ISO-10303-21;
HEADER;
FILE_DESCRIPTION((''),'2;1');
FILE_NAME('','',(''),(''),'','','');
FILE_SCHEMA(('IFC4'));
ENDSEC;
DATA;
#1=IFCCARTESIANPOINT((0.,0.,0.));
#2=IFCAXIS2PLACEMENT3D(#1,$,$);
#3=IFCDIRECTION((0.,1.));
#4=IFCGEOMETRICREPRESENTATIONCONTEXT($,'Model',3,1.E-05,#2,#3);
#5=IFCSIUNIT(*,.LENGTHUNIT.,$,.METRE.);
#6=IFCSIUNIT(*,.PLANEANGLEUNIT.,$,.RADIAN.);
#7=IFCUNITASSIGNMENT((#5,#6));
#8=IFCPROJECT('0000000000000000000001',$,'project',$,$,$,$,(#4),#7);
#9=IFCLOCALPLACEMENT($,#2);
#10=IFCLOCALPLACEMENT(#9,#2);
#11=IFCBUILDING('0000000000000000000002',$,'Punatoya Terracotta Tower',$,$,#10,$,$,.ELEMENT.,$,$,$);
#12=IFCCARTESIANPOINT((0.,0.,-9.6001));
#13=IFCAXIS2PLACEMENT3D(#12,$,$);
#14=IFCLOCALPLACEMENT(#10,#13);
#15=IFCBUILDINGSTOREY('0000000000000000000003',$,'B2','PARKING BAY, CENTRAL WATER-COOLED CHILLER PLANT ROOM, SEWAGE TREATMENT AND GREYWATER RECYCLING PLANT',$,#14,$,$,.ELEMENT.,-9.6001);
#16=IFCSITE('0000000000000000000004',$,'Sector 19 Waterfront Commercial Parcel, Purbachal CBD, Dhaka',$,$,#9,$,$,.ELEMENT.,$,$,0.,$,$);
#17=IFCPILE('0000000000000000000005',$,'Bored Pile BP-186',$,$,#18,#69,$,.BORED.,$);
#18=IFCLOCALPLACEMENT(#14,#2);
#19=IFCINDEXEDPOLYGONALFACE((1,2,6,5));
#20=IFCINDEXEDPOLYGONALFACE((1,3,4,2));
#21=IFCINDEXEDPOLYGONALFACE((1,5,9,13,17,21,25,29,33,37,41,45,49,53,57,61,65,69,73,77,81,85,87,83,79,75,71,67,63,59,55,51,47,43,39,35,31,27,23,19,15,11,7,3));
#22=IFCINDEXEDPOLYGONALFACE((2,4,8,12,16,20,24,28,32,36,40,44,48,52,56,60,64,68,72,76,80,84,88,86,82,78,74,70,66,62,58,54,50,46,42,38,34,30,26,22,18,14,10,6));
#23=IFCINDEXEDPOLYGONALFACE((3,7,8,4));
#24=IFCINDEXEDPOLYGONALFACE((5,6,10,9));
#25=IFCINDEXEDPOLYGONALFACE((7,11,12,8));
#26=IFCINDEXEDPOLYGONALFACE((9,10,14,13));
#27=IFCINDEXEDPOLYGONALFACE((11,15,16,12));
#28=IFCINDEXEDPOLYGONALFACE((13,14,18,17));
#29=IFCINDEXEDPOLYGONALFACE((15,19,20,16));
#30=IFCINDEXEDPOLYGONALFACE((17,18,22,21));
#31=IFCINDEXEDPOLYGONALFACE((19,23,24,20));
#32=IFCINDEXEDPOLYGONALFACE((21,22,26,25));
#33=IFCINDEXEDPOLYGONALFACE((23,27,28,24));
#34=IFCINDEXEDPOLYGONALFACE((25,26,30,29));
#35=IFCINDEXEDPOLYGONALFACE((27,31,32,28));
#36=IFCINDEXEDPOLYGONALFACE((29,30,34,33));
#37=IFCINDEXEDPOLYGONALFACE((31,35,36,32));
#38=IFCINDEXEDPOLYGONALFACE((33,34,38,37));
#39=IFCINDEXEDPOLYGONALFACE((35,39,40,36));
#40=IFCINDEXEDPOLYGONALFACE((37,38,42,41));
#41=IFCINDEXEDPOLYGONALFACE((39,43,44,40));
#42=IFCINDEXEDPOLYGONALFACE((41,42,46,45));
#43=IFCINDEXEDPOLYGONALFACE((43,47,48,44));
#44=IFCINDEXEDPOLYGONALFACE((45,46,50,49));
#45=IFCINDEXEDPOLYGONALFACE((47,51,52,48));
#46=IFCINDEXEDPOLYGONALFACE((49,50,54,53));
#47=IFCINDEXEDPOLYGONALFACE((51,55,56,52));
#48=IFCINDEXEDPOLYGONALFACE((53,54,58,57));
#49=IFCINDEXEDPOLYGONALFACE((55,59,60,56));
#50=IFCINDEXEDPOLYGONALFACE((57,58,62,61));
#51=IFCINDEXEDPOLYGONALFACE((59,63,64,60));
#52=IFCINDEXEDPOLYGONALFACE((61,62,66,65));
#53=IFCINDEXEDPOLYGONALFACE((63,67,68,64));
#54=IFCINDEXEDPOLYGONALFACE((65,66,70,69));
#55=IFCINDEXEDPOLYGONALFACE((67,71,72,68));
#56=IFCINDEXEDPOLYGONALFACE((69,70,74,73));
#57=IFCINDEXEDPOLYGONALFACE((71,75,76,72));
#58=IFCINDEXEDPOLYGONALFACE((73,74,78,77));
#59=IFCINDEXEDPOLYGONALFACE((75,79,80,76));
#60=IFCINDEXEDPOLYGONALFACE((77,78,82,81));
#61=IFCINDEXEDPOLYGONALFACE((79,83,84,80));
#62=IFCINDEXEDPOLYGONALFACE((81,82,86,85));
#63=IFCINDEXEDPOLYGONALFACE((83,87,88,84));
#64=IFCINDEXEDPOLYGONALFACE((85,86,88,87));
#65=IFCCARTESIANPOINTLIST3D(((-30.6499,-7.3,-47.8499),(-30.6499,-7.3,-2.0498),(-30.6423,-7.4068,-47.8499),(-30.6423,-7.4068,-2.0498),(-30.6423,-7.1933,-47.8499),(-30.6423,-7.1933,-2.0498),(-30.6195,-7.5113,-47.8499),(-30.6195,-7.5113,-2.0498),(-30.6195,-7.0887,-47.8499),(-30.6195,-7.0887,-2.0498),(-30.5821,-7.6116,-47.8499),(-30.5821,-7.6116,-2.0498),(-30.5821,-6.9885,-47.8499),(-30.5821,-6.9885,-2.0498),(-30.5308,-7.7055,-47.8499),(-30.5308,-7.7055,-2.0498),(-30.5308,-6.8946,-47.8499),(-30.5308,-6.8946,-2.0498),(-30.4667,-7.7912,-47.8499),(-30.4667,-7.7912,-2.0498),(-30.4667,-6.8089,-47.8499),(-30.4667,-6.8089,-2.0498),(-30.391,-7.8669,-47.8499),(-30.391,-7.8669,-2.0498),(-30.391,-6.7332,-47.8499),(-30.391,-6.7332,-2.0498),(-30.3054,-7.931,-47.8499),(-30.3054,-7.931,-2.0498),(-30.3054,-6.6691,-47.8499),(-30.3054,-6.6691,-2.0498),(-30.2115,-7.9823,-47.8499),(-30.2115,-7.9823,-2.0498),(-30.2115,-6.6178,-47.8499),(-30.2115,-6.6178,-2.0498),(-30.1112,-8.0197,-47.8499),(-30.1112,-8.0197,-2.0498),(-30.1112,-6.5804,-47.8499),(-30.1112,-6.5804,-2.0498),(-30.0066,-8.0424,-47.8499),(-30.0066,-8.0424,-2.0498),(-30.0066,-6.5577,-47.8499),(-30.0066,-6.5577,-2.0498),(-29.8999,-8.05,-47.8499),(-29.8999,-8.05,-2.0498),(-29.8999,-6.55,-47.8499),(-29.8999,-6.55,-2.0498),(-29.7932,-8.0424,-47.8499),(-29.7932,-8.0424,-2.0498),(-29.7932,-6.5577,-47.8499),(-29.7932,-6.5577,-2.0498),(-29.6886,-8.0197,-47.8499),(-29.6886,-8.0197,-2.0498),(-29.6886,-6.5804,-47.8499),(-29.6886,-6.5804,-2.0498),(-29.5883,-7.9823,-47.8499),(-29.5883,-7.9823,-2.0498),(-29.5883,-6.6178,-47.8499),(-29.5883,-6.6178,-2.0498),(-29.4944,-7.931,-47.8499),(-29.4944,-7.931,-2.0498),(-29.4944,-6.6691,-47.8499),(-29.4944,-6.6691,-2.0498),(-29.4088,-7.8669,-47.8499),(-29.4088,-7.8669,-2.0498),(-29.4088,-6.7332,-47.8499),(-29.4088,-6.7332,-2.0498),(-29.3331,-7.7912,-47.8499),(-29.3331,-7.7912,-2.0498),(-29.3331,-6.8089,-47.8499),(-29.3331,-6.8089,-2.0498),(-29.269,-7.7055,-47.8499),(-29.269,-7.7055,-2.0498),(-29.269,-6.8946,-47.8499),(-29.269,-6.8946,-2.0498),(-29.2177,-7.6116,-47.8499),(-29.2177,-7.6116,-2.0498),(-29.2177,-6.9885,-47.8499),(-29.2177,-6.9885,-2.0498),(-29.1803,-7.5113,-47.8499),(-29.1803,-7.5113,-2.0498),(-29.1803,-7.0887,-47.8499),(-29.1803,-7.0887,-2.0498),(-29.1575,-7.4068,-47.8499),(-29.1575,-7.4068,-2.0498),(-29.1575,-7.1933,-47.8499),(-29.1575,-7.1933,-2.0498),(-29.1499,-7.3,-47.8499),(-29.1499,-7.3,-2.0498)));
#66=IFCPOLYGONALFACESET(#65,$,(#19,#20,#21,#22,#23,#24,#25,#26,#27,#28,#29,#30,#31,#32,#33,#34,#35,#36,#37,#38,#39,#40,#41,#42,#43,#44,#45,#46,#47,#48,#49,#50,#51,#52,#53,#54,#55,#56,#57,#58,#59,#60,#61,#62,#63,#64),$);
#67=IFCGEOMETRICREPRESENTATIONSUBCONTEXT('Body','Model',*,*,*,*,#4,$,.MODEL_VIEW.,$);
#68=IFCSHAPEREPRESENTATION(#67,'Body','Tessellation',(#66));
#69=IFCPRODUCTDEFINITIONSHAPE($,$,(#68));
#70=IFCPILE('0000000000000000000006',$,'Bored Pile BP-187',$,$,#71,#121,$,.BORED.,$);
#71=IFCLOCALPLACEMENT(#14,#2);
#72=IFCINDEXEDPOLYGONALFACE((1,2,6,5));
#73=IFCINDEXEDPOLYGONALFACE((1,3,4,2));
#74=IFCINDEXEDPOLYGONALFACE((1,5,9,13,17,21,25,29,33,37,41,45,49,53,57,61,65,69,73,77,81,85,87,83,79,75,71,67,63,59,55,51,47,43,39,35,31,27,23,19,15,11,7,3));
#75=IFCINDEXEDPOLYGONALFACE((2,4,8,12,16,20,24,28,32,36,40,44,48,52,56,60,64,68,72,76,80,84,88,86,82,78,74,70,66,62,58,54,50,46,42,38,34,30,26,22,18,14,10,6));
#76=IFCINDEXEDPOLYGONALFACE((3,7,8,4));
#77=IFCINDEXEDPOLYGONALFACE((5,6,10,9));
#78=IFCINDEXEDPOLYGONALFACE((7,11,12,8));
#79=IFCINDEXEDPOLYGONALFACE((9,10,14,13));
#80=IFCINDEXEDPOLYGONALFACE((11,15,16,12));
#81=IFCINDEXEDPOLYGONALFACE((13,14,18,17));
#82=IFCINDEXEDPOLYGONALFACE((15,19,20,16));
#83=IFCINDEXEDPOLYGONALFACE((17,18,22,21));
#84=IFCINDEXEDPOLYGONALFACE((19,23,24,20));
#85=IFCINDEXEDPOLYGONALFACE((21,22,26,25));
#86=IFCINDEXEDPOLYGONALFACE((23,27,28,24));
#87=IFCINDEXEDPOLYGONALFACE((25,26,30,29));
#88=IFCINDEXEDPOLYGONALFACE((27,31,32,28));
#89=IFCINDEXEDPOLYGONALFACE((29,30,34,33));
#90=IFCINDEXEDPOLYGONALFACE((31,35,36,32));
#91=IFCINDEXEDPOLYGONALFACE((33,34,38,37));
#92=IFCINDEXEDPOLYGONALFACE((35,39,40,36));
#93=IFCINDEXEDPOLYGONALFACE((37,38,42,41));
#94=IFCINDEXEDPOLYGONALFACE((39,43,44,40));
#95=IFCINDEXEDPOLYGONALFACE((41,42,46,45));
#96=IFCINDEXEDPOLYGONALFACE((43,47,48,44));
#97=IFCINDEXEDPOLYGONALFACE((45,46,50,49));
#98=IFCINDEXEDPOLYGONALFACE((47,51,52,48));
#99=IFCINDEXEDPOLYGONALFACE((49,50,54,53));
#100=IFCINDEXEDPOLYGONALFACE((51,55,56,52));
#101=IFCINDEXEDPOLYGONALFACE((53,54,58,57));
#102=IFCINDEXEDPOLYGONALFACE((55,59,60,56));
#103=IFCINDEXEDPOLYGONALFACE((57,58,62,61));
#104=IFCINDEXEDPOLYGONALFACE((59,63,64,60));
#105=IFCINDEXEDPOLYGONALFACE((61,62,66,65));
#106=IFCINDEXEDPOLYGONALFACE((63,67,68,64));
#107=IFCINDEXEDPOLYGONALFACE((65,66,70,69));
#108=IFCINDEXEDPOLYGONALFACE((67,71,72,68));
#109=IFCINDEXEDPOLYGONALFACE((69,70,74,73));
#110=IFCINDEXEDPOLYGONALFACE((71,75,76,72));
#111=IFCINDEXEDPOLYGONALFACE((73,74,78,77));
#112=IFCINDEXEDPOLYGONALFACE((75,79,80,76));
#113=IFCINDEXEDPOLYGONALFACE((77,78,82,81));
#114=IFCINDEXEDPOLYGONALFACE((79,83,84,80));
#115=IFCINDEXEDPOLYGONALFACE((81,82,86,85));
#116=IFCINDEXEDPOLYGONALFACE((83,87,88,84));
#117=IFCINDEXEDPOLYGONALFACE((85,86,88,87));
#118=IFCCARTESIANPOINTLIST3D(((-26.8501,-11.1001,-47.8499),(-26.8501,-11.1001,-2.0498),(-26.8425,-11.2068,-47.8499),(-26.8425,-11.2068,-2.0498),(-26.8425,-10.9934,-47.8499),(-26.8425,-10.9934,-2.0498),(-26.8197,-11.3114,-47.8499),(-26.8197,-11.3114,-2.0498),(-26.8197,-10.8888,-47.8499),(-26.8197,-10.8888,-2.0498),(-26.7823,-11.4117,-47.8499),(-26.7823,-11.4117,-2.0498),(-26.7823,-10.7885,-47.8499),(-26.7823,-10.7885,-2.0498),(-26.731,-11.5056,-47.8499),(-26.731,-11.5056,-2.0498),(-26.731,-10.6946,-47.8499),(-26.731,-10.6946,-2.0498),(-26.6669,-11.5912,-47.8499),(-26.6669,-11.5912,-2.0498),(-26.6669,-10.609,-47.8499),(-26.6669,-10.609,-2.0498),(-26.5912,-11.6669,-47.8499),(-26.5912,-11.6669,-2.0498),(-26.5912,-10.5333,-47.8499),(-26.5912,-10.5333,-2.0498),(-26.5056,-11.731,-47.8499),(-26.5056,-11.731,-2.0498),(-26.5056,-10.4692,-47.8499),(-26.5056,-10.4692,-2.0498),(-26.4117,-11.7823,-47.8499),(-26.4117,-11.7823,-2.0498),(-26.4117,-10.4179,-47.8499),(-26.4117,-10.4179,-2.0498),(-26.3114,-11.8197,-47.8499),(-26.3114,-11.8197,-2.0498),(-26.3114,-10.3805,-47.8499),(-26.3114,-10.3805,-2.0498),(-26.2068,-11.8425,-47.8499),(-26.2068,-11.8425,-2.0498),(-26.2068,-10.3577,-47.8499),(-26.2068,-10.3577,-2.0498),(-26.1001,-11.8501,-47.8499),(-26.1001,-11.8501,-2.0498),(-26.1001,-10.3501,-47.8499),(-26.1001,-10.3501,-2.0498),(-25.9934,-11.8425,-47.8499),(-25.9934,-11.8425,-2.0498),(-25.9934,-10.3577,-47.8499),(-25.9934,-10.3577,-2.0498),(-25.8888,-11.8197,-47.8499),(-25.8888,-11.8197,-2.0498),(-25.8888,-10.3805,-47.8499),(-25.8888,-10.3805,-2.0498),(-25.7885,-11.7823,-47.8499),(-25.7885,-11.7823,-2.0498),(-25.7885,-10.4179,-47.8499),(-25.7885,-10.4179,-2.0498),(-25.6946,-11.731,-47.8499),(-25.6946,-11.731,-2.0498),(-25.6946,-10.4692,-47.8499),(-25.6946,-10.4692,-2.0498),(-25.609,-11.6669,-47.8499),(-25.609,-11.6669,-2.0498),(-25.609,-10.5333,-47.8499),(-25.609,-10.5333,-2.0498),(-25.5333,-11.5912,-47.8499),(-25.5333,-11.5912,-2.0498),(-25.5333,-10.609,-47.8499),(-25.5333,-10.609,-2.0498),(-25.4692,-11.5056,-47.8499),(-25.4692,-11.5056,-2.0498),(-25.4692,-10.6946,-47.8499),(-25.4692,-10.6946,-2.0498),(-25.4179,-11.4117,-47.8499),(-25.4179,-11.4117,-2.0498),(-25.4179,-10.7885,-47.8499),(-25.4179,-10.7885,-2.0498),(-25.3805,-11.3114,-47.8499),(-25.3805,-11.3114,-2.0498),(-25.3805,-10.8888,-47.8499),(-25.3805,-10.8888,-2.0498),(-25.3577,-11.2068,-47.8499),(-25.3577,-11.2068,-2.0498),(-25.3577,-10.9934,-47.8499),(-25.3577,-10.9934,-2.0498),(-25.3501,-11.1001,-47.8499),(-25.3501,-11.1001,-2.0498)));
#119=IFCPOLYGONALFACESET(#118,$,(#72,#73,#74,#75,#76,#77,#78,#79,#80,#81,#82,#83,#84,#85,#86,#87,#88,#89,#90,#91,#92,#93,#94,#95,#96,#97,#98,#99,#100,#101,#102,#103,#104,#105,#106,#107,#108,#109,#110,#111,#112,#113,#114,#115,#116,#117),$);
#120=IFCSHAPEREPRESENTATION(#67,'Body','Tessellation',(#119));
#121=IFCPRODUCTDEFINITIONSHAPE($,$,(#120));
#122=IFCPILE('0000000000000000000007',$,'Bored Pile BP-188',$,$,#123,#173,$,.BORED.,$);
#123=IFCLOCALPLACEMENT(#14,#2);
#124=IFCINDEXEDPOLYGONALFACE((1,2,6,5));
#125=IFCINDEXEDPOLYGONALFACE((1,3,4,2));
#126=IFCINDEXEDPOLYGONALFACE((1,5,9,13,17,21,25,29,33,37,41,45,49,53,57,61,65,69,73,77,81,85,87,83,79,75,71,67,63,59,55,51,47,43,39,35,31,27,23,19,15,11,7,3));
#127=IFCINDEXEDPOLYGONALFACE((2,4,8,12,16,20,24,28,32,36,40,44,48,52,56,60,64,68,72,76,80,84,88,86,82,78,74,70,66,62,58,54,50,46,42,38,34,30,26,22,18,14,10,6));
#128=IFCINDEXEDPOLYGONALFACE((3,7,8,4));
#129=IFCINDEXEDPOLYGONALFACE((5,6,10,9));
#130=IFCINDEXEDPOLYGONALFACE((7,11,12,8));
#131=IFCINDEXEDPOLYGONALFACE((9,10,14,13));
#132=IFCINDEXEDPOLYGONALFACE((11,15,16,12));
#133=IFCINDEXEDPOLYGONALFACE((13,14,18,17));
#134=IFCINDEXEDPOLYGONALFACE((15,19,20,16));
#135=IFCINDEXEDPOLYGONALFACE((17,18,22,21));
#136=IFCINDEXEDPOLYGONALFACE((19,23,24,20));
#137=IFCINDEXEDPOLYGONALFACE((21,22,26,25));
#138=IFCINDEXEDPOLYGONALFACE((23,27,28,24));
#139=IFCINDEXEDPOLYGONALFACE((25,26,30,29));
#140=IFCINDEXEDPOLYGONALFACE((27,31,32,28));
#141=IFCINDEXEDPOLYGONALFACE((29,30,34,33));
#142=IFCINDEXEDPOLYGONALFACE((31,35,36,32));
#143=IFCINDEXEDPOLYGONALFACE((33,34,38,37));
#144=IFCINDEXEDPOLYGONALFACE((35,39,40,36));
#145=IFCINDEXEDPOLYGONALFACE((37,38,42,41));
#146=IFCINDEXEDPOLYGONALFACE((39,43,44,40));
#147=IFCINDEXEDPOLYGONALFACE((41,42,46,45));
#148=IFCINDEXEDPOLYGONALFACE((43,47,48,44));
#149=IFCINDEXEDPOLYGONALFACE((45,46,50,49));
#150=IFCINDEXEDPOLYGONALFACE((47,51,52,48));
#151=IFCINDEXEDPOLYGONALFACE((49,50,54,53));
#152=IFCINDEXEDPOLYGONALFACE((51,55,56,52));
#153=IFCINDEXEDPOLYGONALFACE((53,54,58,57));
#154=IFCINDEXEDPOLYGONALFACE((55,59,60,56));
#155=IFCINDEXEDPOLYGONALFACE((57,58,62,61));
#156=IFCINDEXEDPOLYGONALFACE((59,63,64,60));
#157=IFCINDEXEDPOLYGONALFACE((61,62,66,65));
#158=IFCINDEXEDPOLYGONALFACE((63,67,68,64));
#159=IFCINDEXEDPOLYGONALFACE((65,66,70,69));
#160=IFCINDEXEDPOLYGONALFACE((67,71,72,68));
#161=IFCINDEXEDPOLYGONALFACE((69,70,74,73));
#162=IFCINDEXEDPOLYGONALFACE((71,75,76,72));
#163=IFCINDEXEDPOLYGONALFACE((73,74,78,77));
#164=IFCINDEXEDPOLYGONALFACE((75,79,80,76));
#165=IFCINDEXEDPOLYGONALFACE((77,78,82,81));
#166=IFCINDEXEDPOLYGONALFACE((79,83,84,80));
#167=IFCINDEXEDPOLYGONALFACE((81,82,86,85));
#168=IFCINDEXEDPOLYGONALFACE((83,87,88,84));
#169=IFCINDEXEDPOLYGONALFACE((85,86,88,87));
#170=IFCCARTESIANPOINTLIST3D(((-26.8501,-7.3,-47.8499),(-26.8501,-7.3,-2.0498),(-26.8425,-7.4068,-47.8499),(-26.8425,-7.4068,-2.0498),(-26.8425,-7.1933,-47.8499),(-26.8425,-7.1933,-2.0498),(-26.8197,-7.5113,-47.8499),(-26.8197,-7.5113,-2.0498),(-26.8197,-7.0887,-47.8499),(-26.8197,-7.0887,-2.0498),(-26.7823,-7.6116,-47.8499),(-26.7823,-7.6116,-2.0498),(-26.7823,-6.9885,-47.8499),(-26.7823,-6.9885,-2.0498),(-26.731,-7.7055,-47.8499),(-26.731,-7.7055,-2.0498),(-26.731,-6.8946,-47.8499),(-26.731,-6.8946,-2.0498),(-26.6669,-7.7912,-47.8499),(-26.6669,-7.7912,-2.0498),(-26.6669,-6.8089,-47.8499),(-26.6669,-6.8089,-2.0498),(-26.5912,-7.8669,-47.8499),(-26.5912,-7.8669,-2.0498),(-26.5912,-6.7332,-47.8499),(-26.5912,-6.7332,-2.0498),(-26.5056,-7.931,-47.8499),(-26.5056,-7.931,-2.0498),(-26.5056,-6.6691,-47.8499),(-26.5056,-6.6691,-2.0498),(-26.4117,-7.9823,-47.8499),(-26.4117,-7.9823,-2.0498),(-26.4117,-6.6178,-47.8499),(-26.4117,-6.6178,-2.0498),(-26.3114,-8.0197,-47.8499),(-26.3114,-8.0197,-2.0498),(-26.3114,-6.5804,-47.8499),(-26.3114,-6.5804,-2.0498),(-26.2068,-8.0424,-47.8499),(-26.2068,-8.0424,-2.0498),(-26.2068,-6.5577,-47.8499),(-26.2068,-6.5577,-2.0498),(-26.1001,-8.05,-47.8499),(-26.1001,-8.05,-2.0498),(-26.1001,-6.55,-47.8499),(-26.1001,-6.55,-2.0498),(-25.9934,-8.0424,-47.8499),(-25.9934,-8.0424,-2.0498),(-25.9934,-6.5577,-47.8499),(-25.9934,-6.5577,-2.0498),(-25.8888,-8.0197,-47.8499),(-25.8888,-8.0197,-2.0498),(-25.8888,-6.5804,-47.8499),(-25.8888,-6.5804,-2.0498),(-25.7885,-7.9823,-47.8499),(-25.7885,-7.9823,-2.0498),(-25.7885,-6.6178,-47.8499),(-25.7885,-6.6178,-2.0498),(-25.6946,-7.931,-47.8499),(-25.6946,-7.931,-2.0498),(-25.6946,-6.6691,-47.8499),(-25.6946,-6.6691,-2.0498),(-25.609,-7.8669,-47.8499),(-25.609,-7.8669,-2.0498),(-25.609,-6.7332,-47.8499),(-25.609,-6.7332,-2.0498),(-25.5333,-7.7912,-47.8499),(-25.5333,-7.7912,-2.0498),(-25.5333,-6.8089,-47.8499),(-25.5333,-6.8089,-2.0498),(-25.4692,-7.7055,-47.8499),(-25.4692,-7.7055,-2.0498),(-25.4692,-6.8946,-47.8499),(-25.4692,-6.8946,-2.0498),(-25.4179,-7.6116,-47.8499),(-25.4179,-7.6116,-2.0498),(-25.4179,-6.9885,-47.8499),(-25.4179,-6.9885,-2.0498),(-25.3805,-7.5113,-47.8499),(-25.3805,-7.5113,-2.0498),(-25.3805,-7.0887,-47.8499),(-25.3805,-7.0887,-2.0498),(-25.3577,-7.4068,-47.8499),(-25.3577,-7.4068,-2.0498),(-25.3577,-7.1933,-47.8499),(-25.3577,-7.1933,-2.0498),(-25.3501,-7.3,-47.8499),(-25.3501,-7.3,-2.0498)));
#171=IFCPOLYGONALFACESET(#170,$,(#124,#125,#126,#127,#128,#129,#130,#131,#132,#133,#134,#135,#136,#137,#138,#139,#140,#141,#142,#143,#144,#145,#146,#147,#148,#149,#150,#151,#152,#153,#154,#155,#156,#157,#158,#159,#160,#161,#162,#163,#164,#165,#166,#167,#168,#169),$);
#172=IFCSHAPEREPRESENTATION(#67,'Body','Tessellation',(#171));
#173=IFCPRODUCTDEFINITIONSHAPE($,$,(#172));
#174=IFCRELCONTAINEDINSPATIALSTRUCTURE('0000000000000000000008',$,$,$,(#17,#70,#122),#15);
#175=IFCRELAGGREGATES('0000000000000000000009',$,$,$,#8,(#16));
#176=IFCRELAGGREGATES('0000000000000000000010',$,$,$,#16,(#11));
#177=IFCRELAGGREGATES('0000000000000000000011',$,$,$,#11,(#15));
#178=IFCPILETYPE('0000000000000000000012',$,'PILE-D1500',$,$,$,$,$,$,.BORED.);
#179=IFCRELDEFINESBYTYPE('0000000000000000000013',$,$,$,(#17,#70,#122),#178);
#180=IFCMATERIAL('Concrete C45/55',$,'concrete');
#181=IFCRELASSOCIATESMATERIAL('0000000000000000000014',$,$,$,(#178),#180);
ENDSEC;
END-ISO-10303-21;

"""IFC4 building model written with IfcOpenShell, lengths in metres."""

from ifc_helpers import new_model, si_unit, direction, frame, origin, origin_2d, place, context, subcontext, project, spatial, circle, extrude, material, material_profile, profile_set, type_object, element, save


model = new_model("IFC4")

# Units and contexts
model_context = context("Model", 3, precision=1e-05, world=origin(), true_north=direction((0.0, 1.0)))
body_context = subcontext(model_context, "Body", "Model", "MODEL_VIEW")
ifc_project = project(units=[si_unit("LENGTHUNIT", "METRE"), si_unit("PLANEANGLEUNIT", "RADIAN")], contexts=[model_context])

# Site, building, storey
site_placement = place(None, origin())
site = spatial("IfcSite", under=ifc_project, at=site_placement, Name="Sector 19 Waterfront Commercial Parcel, Purbachal CBD, Dhaka", CompositionType="ELEMENT", RefElevation=0.0)
building_placement = place(site_placement, origin())
building = spatial("IfcBuilding", under=site, at=building_placement, Name="Punatoya Terracotta Tower", CompositionType="ELEMENT")
storey_placement = place(building_placement, frame((0.0, 0.0, -9.6001)))
storey = spatial("IfcBuildingStorey", under=building, at=storey_placement, Name="B2", Description="PARKING BAY, CENTRAL WATER-COOLED CHILLER PLANT ROOM, SEWAGE TREATMENT AND GREYWATER RECYCLING PLANT", CompositionType="ELEMENT", Elevation=-9.6001)

# Shared definitions
ifc_material_1 = material(Name="Concrete C45/55", Category="concrete")

# Piles
ifc_material_profile_1 = material_profile(ifc_material_1, circle(Radius=0.75, at=origin_2d()))
ifc_profile_set_1 = profile_set([ifc_material_profile_1], Name="Concrete C45/55")
pile_type_1 = type_object("IfcPileType", Name="PILE-D1500", PredefinedType="BORED", material=ifc_profile_set_1)
for number, where, z_axis, x_axis, name in (
    (1, (-29.8999, -7.3, -2.0498), (0.0, 0.0, -1.0), (1.0, 0.0, 0.0), "Bored Pile BP-186"),
    (2, (-26.1001, -11.1001, -2.0498), (0.0, 0.0, -1.0), (1.0, 0.0, 0.0), "Bored Pile BP-187"),
    (3, (-26.1001, -7.3, -2.0498), (0.0, 0.0, -1.0), (1.0, 0.0, 0.0), "Bored Pile BP-188"),
):
    element("IfcPile", number, at=place(storey_placement, frame(where, z_axis=z_axis, x_axis=x_axis)), inside=storey, type_object=pile_type_1, Name=name, PredefinedType="BORED", context=body_context, shape_type="SweptSolid", body=[
        extrude(circle(Radius=0.75, at=origin_2d()), origin(), (0.0, 0.0, 1.0), 45.8),
    ])

save(model, "model.ifc")
